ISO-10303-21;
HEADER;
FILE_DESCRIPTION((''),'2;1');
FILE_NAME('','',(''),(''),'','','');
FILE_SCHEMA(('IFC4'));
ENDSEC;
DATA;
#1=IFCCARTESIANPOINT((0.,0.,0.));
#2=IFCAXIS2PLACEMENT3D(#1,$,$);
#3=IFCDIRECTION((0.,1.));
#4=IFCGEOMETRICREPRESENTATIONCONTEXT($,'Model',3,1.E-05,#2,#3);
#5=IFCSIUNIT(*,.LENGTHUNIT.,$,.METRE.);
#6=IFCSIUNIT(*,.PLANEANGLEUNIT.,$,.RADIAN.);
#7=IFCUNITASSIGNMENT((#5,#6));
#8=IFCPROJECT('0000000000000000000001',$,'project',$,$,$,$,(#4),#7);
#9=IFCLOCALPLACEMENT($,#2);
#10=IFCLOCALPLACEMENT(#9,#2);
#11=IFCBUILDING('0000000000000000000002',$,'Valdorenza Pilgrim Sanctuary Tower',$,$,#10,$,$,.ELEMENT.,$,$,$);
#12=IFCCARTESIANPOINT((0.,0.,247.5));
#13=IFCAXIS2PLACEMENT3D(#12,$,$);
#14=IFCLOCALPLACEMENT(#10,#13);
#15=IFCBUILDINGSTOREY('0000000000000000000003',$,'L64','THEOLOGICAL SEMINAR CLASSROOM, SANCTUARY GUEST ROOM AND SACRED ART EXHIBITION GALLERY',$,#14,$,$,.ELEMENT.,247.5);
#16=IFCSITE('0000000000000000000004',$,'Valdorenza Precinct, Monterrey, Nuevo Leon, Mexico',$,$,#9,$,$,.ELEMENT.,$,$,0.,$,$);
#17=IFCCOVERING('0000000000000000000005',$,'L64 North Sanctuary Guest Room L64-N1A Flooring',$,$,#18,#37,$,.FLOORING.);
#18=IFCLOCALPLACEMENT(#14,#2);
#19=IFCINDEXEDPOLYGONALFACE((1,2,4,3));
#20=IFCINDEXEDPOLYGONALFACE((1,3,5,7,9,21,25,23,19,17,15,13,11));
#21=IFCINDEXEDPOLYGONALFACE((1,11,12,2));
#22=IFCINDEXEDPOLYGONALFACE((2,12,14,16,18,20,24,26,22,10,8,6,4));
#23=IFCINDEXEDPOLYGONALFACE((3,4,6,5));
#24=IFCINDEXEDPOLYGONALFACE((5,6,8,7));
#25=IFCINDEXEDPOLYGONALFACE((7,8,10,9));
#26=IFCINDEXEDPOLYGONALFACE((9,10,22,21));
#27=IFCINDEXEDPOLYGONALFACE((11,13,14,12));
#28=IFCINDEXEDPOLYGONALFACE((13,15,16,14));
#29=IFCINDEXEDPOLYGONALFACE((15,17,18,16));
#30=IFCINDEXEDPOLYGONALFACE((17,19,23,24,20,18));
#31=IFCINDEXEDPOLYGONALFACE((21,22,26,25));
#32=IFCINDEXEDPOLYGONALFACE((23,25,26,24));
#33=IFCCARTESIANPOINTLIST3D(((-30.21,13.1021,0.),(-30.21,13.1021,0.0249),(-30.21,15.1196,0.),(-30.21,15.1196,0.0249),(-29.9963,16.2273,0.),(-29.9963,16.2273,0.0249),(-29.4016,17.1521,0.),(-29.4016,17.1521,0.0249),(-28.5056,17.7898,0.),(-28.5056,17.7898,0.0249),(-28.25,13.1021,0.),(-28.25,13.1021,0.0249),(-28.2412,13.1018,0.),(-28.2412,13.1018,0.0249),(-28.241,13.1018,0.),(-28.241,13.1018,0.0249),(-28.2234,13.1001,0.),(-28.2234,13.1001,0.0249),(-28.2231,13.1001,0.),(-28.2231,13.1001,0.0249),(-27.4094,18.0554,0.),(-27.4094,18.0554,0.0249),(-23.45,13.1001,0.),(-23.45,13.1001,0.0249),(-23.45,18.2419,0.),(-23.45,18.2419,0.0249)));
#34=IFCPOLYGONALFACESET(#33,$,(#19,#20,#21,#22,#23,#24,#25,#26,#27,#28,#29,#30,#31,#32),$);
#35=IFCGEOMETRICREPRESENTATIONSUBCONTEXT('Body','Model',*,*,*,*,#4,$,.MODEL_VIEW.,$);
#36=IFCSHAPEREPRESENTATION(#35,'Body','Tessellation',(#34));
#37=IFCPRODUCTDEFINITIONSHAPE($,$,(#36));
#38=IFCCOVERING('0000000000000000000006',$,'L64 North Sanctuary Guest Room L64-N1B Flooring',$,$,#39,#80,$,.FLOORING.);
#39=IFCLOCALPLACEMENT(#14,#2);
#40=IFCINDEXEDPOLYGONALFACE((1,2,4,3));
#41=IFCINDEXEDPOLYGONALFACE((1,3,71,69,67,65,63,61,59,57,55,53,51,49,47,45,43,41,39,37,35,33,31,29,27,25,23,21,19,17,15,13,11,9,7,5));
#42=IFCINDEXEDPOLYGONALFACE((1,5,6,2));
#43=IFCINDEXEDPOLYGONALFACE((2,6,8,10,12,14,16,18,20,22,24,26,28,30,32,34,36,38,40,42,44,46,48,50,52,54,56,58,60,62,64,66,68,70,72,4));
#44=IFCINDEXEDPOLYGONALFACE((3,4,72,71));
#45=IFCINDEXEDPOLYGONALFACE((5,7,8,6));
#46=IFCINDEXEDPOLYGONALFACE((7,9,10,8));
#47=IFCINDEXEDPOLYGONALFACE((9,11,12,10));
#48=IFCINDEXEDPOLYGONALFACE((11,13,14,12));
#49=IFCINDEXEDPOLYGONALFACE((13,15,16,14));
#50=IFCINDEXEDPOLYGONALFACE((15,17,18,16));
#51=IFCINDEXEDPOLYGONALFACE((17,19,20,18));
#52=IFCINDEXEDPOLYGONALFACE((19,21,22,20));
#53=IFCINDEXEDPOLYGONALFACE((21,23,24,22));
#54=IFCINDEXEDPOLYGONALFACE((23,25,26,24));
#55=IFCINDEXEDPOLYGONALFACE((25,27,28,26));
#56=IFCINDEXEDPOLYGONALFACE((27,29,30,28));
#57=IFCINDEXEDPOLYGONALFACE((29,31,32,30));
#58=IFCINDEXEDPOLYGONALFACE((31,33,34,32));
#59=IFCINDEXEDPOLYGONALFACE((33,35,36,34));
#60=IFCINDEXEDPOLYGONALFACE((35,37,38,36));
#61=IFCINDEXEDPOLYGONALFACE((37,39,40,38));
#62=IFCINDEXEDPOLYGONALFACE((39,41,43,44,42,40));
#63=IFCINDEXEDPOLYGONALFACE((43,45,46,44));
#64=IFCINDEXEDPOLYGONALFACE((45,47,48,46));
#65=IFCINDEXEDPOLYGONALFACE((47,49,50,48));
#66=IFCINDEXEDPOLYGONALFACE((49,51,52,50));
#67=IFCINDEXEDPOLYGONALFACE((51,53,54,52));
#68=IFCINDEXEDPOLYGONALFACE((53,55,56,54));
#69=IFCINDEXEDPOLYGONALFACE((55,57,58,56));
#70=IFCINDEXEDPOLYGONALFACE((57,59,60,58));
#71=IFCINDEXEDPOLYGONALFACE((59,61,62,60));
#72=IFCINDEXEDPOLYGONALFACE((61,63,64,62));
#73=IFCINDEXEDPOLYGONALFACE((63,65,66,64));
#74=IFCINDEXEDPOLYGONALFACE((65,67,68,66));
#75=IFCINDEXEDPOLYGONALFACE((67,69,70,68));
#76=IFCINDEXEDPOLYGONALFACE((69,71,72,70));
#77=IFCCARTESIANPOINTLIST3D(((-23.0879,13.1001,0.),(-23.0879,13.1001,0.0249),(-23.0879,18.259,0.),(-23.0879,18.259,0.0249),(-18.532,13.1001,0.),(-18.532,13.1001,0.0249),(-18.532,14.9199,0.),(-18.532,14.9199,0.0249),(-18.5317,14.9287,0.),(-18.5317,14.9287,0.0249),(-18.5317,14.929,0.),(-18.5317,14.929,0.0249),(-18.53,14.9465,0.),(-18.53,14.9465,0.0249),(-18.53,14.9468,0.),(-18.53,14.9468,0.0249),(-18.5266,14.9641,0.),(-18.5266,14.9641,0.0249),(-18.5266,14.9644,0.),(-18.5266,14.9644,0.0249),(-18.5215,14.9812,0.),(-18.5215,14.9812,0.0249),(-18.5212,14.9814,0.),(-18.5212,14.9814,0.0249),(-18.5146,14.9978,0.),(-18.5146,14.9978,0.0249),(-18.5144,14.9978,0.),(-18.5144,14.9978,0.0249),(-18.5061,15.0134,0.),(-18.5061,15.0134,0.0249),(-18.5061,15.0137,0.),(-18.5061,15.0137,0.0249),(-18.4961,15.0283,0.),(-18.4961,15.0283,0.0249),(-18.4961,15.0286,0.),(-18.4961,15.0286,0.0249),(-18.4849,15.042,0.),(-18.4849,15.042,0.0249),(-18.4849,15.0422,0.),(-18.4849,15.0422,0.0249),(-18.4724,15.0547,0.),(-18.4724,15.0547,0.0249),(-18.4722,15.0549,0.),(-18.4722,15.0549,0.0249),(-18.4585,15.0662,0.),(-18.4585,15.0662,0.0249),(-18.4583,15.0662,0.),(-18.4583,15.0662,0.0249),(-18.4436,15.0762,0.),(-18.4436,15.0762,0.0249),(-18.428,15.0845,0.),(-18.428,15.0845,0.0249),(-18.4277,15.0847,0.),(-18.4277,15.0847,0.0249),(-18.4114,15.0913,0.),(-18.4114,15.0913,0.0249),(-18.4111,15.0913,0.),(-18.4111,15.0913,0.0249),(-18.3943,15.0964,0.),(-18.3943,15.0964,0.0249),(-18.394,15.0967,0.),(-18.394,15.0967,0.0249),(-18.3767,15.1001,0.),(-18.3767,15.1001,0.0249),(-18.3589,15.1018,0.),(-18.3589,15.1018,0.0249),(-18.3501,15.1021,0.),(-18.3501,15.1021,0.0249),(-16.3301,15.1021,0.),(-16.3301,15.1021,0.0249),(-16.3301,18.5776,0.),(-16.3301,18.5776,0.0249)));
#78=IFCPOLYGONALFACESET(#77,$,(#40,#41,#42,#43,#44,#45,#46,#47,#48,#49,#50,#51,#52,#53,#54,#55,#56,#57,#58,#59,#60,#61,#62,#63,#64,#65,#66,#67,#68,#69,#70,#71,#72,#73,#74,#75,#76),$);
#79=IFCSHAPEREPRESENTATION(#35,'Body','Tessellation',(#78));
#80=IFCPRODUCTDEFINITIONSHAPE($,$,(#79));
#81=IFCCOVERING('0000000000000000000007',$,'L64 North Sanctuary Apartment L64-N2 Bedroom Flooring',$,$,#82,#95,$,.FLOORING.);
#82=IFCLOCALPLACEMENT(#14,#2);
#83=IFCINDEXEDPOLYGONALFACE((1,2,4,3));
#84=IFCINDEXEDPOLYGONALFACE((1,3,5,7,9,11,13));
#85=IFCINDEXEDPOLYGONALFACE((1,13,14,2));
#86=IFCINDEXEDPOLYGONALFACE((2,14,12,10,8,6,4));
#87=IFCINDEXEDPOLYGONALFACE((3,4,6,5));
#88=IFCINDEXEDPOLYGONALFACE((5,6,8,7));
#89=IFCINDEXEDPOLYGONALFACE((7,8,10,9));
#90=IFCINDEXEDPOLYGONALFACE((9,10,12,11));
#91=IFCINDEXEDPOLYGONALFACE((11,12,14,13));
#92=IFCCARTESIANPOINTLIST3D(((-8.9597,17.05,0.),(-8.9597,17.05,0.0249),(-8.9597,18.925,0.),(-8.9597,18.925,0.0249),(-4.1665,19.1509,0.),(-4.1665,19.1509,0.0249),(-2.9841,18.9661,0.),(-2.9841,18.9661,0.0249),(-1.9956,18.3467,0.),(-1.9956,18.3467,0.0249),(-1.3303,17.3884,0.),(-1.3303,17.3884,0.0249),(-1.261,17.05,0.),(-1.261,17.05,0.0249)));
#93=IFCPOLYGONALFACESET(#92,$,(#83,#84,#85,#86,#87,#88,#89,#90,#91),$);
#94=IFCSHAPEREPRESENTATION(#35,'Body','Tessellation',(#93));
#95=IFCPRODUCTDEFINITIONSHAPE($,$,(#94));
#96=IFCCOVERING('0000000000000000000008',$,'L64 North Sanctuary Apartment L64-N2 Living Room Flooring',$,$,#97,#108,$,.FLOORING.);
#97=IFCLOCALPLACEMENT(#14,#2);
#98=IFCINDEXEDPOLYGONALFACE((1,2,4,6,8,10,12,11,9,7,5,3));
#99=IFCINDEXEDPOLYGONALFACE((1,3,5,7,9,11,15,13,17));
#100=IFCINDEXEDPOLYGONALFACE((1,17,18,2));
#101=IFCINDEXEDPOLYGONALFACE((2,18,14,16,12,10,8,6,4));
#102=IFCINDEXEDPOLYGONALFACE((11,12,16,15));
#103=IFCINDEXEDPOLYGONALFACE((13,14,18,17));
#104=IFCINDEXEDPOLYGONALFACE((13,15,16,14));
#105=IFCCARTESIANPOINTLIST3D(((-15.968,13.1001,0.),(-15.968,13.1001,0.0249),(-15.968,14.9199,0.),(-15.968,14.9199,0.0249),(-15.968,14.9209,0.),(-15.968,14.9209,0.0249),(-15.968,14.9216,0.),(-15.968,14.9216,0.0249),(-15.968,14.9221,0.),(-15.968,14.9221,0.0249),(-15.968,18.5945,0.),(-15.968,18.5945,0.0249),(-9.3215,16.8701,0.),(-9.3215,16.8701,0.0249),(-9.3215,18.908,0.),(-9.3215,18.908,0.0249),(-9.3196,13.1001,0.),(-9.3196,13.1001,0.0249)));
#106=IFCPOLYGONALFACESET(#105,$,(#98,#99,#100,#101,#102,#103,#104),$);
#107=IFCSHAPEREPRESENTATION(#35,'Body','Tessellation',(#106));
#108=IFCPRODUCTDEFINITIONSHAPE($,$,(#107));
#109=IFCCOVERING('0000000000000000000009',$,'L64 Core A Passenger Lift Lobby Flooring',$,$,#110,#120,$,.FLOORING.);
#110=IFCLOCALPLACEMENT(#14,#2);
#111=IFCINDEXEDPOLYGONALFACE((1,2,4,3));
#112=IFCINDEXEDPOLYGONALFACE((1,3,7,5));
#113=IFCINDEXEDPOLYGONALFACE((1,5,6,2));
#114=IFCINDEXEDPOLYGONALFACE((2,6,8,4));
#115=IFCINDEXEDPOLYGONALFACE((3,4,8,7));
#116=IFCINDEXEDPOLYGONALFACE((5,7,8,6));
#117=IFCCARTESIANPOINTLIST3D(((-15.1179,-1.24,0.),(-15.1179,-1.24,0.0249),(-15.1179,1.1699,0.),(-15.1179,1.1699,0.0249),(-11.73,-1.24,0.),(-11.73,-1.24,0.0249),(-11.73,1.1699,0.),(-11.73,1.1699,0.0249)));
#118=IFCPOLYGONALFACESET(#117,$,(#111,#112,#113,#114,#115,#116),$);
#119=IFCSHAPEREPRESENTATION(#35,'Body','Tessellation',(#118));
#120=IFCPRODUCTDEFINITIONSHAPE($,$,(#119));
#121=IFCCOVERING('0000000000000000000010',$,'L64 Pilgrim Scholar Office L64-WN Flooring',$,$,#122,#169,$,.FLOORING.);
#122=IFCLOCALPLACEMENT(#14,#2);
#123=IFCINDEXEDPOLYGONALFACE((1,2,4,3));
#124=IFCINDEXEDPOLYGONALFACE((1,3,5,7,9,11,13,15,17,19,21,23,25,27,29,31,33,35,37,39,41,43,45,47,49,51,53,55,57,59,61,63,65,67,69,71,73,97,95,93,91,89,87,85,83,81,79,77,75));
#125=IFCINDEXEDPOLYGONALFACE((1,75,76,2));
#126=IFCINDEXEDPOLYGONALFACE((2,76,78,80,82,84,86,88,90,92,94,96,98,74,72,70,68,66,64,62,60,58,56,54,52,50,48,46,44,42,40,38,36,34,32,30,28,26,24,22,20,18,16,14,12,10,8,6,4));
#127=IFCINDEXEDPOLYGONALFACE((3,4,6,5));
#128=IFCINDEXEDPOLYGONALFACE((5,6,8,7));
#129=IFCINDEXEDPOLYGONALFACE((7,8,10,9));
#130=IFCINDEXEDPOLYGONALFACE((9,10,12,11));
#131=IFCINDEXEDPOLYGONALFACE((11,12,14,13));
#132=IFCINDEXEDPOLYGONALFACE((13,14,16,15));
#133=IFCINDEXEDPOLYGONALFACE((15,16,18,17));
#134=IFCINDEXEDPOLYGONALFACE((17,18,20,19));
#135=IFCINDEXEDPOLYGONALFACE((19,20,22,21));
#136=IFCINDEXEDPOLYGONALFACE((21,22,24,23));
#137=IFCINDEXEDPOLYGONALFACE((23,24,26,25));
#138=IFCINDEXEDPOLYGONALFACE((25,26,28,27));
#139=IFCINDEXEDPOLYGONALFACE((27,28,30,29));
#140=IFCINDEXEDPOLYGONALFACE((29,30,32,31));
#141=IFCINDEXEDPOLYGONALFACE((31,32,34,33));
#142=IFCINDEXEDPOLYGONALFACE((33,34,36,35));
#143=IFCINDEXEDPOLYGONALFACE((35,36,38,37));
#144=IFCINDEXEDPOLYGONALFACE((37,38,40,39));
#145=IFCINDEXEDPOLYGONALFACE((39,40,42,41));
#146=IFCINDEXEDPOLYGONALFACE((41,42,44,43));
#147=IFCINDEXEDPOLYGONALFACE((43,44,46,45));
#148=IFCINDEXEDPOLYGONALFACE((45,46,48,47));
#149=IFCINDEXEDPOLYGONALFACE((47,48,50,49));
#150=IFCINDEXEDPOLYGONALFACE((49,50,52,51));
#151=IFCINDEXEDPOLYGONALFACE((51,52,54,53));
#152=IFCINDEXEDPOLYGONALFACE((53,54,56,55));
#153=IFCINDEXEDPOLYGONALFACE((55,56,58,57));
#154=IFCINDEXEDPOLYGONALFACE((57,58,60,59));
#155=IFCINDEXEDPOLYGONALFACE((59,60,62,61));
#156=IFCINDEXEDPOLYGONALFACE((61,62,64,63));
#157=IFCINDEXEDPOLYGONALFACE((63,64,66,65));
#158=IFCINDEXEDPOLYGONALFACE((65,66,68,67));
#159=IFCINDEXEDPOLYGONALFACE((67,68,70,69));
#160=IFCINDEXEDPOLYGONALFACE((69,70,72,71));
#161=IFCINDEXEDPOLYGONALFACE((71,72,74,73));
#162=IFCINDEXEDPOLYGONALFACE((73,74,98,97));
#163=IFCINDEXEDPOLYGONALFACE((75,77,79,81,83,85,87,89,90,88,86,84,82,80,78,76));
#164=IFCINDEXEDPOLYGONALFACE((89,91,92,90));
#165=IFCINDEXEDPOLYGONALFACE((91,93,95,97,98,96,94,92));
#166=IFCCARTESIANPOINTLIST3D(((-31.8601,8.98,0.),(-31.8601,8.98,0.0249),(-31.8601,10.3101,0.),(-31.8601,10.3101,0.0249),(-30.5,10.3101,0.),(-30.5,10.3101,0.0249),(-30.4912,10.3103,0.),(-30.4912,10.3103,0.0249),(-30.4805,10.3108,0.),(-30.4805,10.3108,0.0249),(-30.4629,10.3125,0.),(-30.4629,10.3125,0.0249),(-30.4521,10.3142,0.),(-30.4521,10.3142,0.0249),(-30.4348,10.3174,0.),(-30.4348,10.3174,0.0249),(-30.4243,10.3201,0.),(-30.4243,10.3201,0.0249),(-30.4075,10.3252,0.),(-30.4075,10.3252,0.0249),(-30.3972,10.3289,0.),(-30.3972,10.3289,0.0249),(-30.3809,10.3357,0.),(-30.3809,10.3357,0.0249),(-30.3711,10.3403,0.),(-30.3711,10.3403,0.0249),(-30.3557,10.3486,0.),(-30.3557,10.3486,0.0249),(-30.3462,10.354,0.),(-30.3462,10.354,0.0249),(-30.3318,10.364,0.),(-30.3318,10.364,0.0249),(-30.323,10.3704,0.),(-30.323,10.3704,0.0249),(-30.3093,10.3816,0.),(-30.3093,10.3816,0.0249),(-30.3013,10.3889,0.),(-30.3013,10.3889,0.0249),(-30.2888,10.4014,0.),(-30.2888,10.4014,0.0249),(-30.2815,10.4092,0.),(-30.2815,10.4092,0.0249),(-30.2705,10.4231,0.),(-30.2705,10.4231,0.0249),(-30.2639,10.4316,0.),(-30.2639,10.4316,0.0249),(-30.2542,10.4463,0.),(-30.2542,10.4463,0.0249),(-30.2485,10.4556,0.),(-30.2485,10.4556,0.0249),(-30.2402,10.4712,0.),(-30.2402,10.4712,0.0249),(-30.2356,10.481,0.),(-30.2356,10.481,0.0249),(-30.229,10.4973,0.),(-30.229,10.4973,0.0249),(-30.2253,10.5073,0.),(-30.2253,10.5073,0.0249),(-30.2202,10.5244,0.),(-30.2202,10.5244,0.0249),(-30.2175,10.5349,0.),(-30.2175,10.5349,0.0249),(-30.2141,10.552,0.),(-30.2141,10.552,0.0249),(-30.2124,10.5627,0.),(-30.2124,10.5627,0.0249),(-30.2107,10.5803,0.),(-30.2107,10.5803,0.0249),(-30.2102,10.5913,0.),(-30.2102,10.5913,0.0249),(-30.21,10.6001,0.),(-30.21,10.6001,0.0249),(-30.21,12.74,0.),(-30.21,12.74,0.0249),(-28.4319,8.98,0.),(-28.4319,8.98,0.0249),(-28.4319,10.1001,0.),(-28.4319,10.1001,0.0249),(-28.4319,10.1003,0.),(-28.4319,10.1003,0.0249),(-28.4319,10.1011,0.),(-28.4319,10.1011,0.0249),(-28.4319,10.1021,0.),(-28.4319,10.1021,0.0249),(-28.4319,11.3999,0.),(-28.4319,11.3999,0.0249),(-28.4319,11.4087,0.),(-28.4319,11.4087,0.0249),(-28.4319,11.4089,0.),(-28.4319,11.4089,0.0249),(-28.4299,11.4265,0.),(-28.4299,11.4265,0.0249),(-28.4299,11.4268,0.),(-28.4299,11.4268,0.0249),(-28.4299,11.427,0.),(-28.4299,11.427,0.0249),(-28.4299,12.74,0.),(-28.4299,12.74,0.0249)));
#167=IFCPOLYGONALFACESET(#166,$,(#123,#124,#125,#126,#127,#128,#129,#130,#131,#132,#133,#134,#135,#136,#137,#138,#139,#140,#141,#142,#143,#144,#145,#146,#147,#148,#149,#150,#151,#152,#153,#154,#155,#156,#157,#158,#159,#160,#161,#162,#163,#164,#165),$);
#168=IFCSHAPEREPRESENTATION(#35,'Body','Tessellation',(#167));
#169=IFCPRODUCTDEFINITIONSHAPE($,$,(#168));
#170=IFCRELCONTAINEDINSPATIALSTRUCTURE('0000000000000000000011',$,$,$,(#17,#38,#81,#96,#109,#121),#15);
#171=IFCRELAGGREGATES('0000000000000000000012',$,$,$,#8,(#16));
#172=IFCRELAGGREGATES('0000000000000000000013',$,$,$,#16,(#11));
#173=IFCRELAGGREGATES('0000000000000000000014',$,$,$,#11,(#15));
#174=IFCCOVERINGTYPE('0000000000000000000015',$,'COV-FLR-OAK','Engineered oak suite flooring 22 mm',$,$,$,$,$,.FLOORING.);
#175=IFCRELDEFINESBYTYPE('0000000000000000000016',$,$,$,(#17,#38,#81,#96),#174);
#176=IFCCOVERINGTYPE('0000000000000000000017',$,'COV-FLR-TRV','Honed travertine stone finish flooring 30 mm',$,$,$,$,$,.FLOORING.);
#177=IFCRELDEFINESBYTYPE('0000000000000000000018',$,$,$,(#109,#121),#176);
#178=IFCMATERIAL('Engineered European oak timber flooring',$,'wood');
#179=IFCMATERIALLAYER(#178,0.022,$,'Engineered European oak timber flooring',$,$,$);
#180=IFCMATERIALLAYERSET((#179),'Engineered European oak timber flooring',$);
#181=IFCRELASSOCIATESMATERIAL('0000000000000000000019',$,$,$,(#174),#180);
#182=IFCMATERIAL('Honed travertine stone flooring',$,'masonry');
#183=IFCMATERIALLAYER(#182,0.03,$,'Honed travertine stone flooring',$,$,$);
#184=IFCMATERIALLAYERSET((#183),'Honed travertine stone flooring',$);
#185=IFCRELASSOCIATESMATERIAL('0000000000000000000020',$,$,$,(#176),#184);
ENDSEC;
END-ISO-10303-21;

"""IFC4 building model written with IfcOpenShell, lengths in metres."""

from ifc_helpers import new_model, si_unit, direction, frame, origin, place, context, subcontext, project, spatial, polyline, outline, extrude, material, layer, layer_set, type_object, element, save


model = new_model("IFC4")

# Units and contexts
model_context = context("Model", 3, precision=1e-05, world=origin(), true_north=direction((0.0, 1.0)))
body_context = subcontext(model_context, "Body", "Model", "MODEL_VIEW")
ifc_project = project(units=[si_unit("LENGTHUNIT", "METRE"), si_unit("PLANEANGLEUNIT", "RADIAN")], contexts=[model_context])

# Site, building, storey
site_placement = place(None, origin())
site = spatial("IfcSite", under=ifc_project, at=site_placement, Name="Valdorenza Precinct, Monterrey, Nuevo Leon, Mexico", CompositionType="ELEMENT", RefElevation=0.0)
building_placement = place(site_placement, origin())
building = spatial("IfcBuilding", under=site, at=building_placement, Name="Valdorenza Pilgrim Sanctuary Tower", CompositionType="ELEMENT")
storey_placement = place(building_placement, frame((0.0, 0.0, 247.5)))
storey = spatial("IfcBuildingStorey", under=building, at=storey_placement, Name="L64", Description="THEOLOGICAL SEMINAR CLASSROOM, SANCTUARY GUEST ROOM AND SACRED ART EXHIBITION GALLERY", CompositionType="ELEMENT", Elevation=247.5)

# Coverings
ifc_material_1 = material(Name="Engineered European oak timber flooring", Category="wood")
ifc_layer_1 = layer(ifc_material_1, 0.022, Name="Engineered European oak timber flooring")
ifc_layer_set_1 = layer_set([ifc_layer_1], Name="Engineered European oak timber flooring")
covering_type_1 = type_object("IfcCoveringType", Name="COV-FLR-OAK", Description="Engineered oak suite flooring 22 mm", PredefinedType="FLOORING", material=ifc_layer_set_1)
covering_1_placement = place(storey_placement, origin())
element("IfcCovering", 1, at=covering_1_placement, inside=storey, type_object=covering_type_1, Name="L64 North Sanctuary Guest Room L64-N1A Flooring", PredefinedType="FLOORING", context=body_context, shape_type="SweptSolid", body=[
    extrude(outline(polyline([(-29.9963, 16.2273), (-29.4016, 17.1521), (-28.5056, 17.7898), (-27.4094, 18.0554), (-23.45, 18.2419), (-23.45, 13.1001), (-28.2231, 13.1001), (-28.2231, 13.1001), (-28.2234, 13.1001), (-28.241, 13.1018), (-28.2412, 13.1018), (-28.25, 13.1021), (-30.21, 13.1021), (-30.21, 15.1196), (-29.9963, 16.2273)])), origin(), (0.0, 0.0, 1.0), 0.0249),
])
covering_2_placement = place(storey_placement, origin())
element("IfcCovering", 2, at=covering_2_placement, inside=storey, type_object=covering_type_1, Name="L64 North Sanctuary Guest Room L64-N1B Flooring", PredefinedType="FLOORING", context=body_context, shape_type="SweptSolid", body=[
    extrude(outline(polyline([(-16.3301, 18.5776), (-16.3301, 15.1021), (-18.3501, 15.1021), (-18.3589, 15.1018), (-18.3589, 15.1018), (-18.3767, 15.1001), (-18.3767, 15.1001), (-18.394, 15.0967), (-18.3943, 15.0964), (-18.4111, 15.0913), (-18.4114, 15.0913), (-18.4277, 15.0847), (-18.428, 15.0845), (-18.4436, 15.0762), (-18.4436, 15.0762), (-18.4583, 15.0662), (-18.4585, 15.0662), (-18.4722, 15.0549), (-18.4724, 15.0547), (-18.4849, 15.0422), (-18.4849, 15.042), (-18.4961, 15.0286), (-18.4961, 15.0283), (-18.5061, 15.0137), (-18.5061, 15.0134), (-18.5144, 14.9978), (-18.5146, 14.9978), (-18.5212, 14.9814), (-18.5215, 14.9812), (-18.5266, 14.9644), (-18.5266, 14.9641), (-18.53, 14.9468), (-18.53, 14.9465), (-18.5317, 14.929), (-18.5317, 14.9287), (-18.532, 14.9199), (-18.532, 13.1001), (-23.0879, 13.1001), (-23.0879, 18.259), (-16.3301, 18.5776)])), origin(), (0.0, 0.0, 1.0), 0.0249),
])
covering_3_placement = place(storey_placement, origin())
element("IfcCovering", 3, at=covering_3_placement, inside=storey, type_object=covering_type_1, Name="L64 North Sanctuary Apartment L64-N2 Bedroom Flooring", PredefinedType="FLOORING", context=body_context, shape_type="SweptSolid", body=[
    extrude(outline(polyline([(-8.9597, 18.925), (-4.1665, 19.1509), (-2.9841, 18.9661), (-1.9956, 18.3467), (-1.3303, 17.3884), (-1.261, 17.05), (-8.9597, 17.05), (-8.9597, 18.925)])), origin(), (0.0, 0.0, 1.0), 0.0249),
])
covering_4_placement = place(storey_placement, origin())
element("IfcCovering", 4, at=covering_4_placement, inside=storey, type_object=covering_type_1, Name="L64 North Sanctuary Apartment L64-N2 Living Room Flooring", PredefinedType="FLOORING", context=body_context, shape_type="SweptSolid", body=[
    extrude(outline(polyline([(-15.968, 14.9216), (-15.968, 14.9221), (-15.968, 18.5945), (-9.3215, 18.908), (-9.3215, 16.8701), (-9.3196, 13.1001), (-15.968, 13.1001), (-15.968, 14.9199), (-15.968, 14.9209), (-15.968, 14.9216)])), origin(), (0.0, 0.0, 1.0), 0.0249),
])
ifc_material_2 = material(Name="Honed travertine stone flooring", Category="masonry")
ifc_layer_2 = layer(ifc_material_2, 0.03, Name="Honed travertine stone flooring")
ifc_layer_set_2 = layer_set([ifc_layer_2], Name="Honed travertine stone flooring")
covering_type_2 = type_object("IfcCoveringType", Name="COV-FLR-TRV", Description="Honed travertine stone finish flooring 30 mm", PredefinedType="FLOORING", material=ifc_layer_set_2)
covering_5_placement = place(storey_placement, origin())
element("IfcCovering", 5, at=covering_5_placement, inside=storey, type_object=covering_type_2, Name="L64 Core A Passenger Lift Lobby Flooring", PredefinedType="FLOORING", context=body_context, shape_type="SweptSolid", body=[
    extrude(outline(polyline([(-15.1179, 1.1699), (-11.73, 1.1699), (-11.73, -1.24), (-15.1179, -1.24), (-15.1179, 1.1699)])), origin(), (0.0, 0.0, 1.0), 0.0249),
])
covering_6_placement = place(storey_placement, origin())
element("IfcCovering", 6, at=covering_6_placement, inside=storey, type_object=covering_type_2, Name="L64 Pilgrim Scholar Office L64-WN Flooring", PredefinedType="FLOORING", context=body_context, shape_type="SweptSolid", body=[
    extrude(outline(polyline([(-28.4319, 10.1003), (-28.4319, 10.1001), (-28.4319, 8.98), (-31.8601, 8.98), (-31.8601, 10.3101), (-30.5, 10.3101), (-30.4912, 10.3103), (-30.4805, 10.3108), (-30.4629, 10.3125), (-30.4521, 10.3142), (-30.4348, 10.3174), (-30.4243, 10.3201), (-30.4075, 10.3252), (-30.3972, 10.3289), (-30.3809, 10.3357), (-30.3711, 10.3403), (-30.3557, 10.3486), (-30.3462, 10.354), (-30.3318, 10.364), (-30.323, 10.3704), (-30.3093, 10.3816), (-30.3013, 10.3889), (-30.2888, 10.4014), (-30.2815, 10.4092), (-30.2705, 10.4231), (-30.2639, 10.4316), (-30.2542, 10.4463), (-30.2485, 10.4556), (-30.2402, 10.4712), (-30.2356, 10.481), (-30.229, 10.4973), (-30.2253, 10.5073), (-30.2202, 10.5244), (-30.2175, 10.5349), (-30.2141, 10.552), (-30.2124, 10.5627), (-30.2107, 10.5803), (-30.2102, 10.5913), (-30.21, 10.6001), (-30.21, 12.74), (-28.4299, 12.74), (-28.4299, 11.427), (-28.4299, 11.4268), (-28.4299, 11.4265), (-28.4319, 11.4089), (-28.4319, 11.4087), (-28.4319, 11.3999), (-28.4319, 10.1021), (-28.4319, 10.1011), (-28.4319, 10.1003)])), origin(), (0.0, 0.0, 1.0), 0.0249),
])

save(model, "model.ifc")
